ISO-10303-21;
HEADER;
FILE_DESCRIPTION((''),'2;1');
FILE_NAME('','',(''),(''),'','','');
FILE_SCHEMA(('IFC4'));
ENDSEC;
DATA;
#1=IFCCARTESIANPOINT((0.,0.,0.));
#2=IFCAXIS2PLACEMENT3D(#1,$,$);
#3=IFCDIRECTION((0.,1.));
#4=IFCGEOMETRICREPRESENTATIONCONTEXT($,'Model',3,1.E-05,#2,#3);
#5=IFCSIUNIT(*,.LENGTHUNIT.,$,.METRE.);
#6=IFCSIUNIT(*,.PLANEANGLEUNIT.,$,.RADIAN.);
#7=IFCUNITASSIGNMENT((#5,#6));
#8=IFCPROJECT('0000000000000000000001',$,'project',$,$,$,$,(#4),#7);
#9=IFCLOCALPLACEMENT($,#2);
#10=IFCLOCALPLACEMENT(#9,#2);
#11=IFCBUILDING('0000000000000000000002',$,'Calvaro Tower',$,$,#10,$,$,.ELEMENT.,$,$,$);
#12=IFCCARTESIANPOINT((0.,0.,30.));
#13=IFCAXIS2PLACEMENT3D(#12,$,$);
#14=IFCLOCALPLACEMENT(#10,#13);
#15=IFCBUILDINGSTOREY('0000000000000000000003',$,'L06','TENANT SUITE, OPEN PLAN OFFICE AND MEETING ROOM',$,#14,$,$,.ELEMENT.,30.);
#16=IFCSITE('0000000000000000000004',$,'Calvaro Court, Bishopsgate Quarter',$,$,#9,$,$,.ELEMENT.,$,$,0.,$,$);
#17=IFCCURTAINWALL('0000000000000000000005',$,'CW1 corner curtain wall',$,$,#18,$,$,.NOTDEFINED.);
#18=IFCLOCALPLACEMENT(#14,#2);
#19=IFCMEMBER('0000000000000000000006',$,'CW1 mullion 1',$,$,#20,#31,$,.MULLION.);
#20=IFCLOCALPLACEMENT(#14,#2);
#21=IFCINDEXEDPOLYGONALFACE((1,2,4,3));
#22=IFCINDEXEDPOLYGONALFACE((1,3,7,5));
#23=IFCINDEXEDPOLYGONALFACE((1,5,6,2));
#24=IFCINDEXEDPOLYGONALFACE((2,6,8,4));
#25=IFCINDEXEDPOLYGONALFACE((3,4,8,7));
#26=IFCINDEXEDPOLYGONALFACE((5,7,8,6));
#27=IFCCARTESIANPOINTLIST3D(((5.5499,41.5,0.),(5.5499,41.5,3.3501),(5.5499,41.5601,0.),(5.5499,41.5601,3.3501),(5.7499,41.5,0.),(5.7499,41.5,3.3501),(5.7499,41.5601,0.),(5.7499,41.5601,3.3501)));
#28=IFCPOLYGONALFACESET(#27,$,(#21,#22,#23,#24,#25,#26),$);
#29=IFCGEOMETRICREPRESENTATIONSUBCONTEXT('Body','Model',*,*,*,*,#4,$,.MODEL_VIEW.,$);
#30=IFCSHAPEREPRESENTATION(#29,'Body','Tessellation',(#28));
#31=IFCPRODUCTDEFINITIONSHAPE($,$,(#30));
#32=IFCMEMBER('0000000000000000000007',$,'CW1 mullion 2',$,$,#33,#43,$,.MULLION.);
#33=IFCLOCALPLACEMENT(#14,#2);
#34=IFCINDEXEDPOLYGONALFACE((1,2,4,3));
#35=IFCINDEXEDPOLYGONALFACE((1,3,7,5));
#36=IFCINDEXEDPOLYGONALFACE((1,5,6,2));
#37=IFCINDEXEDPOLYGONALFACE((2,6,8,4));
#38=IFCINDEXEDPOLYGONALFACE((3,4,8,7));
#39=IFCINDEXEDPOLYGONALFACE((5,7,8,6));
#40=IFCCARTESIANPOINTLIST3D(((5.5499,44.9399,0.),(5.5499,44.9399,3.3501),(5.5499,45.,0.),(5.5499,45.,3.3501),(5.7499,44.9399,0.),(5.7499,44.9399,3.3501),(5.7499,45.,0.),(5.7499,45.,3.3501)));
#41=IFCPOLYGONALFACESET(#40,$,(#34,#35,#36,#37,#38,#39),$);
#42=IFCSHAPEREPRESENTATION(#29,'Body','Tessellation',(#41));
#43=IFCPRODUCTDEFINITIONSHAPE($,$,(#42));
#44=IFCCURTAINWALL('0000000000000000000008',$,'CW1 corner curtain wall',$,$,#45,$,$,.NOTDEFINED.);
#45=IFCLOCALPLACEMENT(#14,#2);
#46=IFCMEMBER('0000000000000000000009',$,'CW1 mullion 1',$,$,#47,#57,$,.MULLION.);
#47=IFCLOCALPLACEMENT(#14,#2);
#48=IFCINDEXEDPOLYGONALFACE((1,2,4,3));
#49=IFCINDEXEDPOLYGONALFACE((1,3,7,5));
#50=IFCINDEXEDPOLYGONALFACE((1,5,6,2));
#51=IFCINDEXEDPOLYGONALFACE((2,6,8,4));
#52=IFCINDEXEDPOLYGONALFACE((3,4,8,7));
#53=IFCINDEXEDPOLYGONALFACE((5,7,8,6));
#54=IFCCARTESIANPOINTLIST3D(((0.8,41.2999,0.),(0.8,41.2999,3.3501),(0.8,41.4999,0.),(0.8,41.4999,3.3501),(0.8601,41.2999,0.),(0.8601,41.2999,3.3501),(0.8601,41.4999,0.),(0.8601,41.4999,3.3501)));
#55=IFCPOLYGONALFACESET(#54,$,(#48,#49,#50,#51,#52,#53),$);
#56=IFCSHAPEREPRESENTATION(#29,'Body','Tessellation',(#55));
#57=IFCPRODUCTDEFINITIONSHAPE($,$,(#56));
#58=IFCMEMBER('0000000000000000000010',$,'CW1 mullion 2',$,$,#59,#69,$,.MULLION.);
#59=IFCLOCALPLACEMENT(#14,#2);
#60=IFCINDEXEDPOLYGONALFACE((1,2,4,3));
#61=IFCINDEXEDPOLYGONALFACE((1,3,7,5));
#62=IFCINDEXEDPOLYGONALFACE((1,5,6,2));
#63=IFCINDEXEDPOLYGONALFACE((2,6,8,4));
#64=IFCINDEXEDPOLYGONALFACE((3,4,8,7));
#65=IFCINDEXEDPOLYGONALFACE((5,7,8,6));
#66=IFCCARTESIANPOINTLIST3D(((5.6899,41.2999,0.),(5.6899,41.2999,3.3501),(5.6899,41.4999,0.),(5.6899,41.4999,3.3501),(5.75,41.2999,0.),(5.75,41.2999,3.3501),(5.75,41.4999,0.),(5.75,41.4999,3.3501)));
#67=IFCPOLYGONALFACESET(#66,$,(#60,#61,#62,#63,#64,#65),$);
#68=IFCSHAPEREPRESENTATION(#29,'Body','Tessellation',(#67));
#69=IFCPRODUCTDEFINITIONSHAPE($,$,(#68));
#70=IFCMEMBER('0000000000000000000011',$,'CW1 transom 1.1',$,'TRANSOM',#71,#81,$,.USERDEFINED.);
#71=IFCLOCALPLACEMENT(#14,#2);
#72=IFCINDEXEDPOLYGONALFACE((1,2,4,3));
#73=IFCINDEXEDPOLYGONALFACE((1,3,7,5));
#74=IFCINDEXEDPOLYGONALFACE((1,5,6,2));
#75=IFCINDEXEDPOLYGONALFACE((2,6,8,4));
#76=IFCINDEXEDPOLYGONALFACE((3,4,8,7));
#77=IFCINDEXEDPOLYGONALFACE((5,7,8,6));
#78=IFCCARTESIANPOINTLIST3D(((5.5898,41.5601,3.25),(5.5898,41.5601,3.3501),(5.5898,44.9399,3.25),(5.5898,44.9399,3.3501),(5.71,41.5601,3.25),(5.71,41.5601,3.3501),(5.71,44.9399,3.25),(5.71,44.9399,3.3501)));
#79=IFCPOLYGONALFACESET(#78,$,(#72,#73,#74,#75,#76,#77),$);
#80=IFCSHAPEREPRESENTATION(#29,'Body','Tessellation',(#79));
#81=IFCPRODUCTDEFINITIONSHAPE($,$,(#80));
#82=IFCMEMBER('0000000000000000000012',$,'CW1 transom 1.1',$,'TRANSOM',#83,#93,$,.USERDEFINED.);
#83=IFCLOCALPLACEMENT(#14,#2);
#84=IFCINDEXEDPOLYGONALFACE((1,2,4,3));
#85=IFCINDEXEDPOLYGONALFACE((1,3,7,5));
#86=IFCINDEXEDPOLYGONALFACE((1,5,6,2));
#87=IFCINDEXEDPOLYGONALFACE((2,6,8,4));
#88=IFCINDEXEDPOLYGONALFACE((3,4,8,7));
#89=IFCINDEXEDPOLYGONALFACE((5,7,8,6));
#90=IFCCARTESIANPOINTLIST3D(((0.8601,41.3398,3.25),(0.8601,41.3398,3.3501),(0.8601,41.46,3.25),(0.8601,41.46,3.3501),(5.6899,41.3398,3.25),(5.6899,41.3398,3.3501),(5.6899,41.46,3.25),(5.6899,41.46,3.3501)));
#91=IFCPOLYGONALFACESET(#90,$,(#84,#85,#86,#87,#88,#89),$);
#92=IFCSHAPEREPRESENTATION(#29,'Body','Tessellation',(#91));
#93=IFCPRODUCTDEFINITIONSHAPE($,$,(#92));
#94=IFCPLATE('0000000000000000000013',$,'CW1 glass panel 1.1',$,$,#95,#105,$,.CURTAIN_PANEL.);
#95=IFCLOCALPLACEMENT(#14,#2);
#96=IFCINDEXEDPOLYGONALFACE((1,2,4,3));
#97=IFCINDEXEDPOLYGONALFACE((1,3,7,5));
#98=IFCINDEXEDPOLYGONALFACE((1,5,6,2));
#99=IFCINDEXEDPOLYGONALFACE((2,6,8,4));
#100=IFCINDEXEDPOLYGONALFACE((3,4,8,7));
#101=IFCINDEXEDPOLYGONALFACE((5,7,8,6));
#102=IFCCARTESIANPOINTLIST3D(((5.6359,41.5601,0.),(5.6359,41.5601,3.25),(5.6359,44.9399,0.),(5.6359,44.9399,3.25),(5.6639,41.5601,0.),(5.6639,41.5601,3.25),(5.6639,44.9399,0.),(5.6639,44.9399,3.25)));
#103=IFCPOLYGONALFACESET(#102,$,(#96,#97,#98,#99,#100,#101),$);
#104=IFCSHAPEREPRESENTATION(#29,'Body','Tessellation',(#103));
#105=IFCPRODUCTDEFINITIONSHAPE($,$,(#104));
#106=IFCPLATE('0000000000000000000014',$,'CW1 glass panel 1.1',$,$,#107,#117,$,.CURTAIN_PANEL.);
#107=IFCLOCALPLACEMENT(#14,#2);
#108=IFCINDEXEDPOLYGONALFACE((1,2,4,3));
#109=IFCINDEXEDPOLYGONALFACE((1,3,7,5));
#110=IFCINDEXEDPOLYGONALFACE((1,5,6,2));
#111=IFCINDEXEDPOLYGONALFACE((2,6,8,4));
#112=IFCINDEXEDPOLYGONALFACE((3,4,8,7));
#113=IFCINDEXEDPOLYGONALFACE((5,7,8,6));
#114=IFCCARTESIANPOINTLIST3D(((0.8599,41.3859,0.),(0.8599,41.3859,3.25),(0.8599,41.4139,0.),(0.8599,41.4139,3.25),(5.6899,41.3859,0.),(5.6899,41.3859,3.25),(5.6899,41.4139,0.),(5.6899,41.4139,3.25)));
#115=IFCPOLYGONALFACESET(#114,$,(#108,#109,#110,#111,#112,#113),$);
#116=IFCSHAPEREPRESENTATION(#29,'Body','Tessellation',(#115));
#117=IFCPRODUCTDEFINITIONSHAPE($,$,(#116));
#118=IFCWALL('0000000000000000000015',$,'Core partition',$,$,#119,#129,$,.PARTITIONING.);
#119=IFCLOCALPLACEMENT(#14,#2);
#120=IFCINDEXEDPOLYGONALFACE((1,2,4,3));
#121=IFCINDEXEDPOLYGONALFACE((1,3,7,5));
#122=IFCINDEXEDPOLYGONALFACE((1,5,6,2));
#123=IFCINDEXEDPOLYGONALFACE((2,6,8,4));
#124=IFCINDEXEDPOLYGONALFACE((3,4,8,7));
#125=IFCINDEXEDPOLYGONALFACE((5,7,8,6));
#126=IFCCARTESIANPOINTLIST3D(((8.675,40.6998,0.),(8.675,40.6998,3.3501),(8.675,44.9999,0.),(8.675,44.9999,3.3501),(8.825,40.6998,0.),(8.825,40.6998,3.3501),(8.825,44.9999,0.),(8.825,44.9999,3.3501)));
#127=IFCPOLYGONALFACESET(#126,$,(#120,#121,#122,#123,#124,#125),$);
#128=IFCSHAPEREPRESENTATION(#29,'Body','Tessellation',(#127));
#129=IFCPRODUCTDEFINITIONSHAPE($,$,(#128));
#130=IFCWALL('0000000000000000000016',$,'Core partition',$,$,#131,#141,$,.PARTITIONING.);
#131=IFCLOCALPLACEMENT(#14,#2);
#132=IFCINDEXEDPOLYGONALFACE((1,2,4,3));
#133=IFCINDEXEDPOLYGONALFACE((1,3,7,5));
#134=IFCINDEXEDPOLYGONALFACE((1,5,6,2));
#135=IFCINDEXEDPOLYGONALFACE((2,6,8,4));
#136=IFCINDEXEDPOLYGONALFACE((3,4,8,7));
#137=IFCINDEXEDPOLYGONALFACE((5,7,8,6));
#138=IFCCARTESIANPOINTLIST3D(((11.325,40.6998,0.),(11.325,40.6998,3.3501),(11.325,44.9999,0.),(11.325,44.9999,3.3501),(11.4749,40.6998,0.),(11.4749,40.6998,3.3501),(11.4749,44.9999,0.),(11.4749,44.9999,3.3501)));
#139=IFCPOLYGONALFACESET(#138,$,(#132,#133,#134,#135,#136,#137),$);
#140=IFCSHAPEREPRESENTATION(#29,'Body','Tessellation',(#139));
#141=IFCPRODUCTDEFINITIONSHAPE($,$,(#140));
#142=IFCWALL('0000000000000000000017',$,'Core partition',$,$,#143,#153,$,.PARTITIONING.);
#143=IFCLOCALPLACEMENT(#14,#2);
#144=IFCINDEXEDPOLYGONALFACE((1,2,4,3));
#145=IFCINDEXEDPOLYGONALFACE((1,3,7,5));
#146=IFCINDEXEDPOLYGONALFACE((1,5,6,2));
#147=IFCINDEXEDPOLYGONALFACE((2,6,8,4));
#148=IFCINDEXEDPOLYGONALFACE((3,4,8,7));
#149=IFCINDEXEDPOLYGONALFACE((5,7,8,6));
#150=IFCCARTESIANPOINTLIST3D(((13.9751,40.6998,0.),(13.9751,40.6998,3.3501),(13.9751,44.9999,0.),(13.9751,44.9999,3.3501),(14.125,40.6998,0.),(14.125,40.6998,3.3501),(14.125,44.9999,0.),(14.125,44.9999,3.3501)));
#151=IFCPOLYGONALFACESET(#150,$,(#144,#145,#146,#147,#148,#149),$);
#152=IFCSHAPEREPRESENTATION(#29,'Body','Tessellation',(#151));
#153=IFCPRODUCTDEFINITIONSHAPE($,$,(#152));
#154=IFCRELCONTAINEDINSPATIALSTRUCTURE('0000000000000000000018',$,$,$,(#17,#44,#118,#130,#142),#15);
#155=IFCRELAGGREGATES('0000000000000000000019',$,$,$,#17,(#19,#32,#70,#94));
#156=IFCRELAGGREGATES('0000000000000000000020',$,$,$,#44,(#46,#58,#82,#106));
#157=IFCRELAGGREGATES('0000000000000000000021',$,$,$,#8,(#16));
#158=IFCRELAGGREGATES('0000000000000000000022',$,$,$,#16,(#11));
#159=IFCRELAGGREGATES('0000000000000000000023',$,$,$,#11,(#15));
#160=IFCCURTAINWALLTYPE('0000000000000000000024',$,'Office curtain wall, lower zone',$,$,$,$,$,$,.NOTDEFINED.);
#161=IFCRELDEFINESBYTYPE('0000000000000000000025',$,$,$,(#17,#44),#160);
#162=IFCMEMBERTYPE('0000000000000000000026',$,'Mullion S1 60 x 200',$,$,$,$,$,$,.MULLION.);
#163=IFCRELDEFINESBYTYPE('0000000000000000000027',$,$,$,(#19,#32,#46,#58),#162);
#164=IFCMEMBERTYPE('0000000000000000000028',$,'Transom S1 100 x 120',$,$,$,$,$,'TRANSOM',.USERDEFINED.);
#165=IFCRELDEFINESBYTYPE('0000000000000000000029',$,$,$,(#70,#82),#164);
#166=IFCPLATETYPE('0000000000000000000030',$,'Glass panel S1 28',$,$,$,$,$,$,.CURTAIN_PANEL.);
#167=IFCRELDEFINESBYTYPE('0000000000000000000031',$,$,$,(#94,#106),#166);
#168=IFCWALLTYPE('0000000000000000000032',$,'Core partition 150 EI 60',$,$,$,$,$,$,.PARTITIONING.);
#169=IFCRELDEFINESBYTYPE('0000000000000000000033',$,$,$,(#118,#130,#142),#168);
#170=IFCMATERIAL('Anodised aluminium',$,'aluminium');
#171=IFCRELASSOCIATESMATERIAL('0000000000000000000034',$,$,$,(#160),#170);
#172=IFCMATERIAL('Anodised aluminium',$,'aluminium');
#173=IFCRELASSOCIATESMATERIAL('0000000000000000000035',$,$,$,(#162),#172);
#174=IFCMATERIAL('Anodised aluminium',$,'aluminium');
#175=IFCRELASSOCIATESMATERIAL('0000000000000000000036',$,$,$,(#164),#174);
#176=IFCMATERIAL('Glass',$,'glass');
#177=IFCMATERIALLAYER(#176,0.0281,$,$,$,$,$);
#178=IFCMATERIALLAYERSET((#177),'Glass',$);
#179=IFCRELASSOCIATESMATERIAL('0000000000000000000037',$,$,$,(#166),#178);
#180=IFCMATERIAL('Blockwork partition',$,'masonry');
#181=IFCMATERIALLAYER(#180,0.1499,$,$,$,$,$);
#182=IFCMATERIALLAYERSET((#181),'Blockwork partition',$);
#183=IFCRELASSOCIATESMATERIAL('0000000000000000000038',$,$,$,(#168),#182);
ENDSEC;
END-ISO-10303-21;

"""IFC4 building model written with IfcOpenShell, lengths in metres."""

from ifc_helpers import new_model, si_unit, direction, frame, frame_2d, origin, origin_2d, place, context, subcontext, project, spatial, rectangle, extrude, material, layer, layer_set, material_profile, profile_set, type_object, element, aggregate, save


model = new_model("IFC4")

# Units and contexts
model_context = context("Model", 3, precision=1e-05, world=origin(), true_north=direction((0.0, 1.0)))
body_context = subcontext(model_context, "Body", "Model", "MODEL_VIEW")
ifc_project = project(units=[si_unit("LENGTHUNIT", "METRE"), si_unit("PLANEANGLEUNIT", "RADIAN")], contexts=[model_context])

# Site, building, storey
site_placement = place(None, origin())
site = spatial("IfcSite", under=ifc_project, at=site_placement, Name="Calvaro Court, Bishopsgate Quarter", CompositionType="ELEMENT", RefElevation=0.0)
building_placement = place(site_placement, origin())
building = spatial("IfcBuilding", under=site, at=building_placement, Name="Calvaro Tower", CompositionType="ELEMENT")
storey_placement = place(building_placement, frame((0.0, 0.0, 30.0)))
storey = spatial("IfcBuildingStorey", under=building, at=storey_placement, Name="L06", Description="TENANT SUITE, OPEN PLAN OFFICE AND MEETING ROOM", CompositionType="ELEMENT", Elevation=30.0)

# Curtain walls, members
ifc_material_1 = material(Name="Anodised aluminium", Category="aluminium")
curtain_wall_type = type_object("IfcCurtainWallType", Name="Office curtain wall, lower zone", PredefinedType="NOTDEFINED", material=ifc_material_1)
curtain_wall_1_placement = place(storey_placement, origin())
curtain_wall_1 = element("IfcCurtainWall", 1, at=curtain_wall_1_placement, inside=storey, type_object=curtain_wall_type, Name="CW1 corner curtain wall", PredefinedType="NOTDEFINED")
ifc_material_2 = material(Name="Anodised aluminium", Category="aluminium")
ifc_material_profile_1 = material_profile(ifc_material_2, rectangle(XDim=0.2, YDim=0.0601, at=origin_2d()), Name="Mullion S1 60 x 200")
ifc_profile_set_1 = profile_set([ifc_material_profile_1], Name="Anodised aluminium")
member_type_1 = type_object("IfcMemberType", Name="Mullion S1 60 x 200", PredefinedType="MULLION", material=ifc_profile_set_1)
member_1_placement = place(storey_placement, frame((5.6499, 41.53, 0.0), z_axis=(0.0, 0.0, 1.0), x_axis=(-1.0, 0.0, 0.0)))
member_1 = element("IfcMember", 2, at=member_1_placement, type_object=member_type_1, Name="CW1 mullion 1", PredefinedType="MULLION", context=body_context, shape_type="SweptSolid", body=[
    extrude(rectangle(XDim=0.2, YDim=0.0601, at=origin_2d()), origin(), (0.0, 0.0, 1.0), 3.3501),
])
member_2_placement = place(storey_placement, frame((5.6499, 44.97, 0.0), z_axis=(0.0, 0.0, 1.0), x_axis=(-1.0, 0.0, 0.0)))
member_2 = element("IfcMember", 3, at=member_2_placement, type_object=member_type_1, Name="CW1 mullion 2", PredefinedType="MULLION", context=body_context, shape_type="SweptSolid", body=[
    extrude(rectangle(XDim=0.2, YDim=0.0601, at=origin_2d()), origin(), (0.0, 0.0, 1.0), 3.3501),
])
curtain_wall_2_placement = place(storey_placement, origin())
curtain_wall_2 = element("IfcCurtainWall", 4, at=curtain_wall_2_placement, inside=storey, type_object=curtain_wall_type, Name="CW1 corner curtain wall", PredefinedType="NOTDEFINED")
member_3_placement = place(storey_placement, frame((0.8301, 41.3999, 0.0), z_axis=(0.0, 0.0, 1.0), x_axis=(0.0, 1.0, 0.0)))
member_3 = element("IfcMember", 5, at=member_3_placement, type_object=member_type_1, Name="CW1 mullion 1", PredefinedType="MULLION", context=body_context, shape_type="SweptSolid", body=[
    extrude(rectangle(XDim=0.2, YDim=0.0601, at=origin_2d()), origin(), (0.0, 0.0, 1.0), 3.3501),
])
member_4_placement = place(storey_placement, frame((5.72, 41.3999, 0.0), z_axis=(0.0, 0.0, 1.0), x_axis=(0.0, 1.0, 0.0)))
member_4 = element("IfcMember", 6, at=member_4_placement, type_object=member_type_1, Name="CW1 mullion 2", PredefinedType="MULLION", context=body_context, shape_type="SweptSolid", body=[
    extrude(rectangle(XDim=0.2, YDim=0.0601, at=origin_2d()), origin(), (0.0, 0.0, 1.0), 3.3501),
])

# Members
ifc_material_3 = material(Name="Anodised aluminium", Category="aluminium")
ifc_material_profile_2 = material_profile(ifc_material_3, rectangle(XDim=0.1201, YDim=0.1001, at=origin_2d()), Name="Transom S1 100 x 120")
ifc_profile_set_2 = profile_set([ifc_material_profile_2], Name="Anodised aluminium")
member_type_2 = type_object("IfcMemberType", Name="Transom S1 100 x 120", ElementType="TRANSOM", PredefinedType="USERDEFINED", material=ifc_profile_set_2)
member_5_placement = place(storey_placement, frame((5.6499, 41.5601, 3.3), z_axis=(0.0, 1.0, 0.0), x_axis=(-1.0, 0.0, 0.0)))
member_5 = element("IfcMember", 7, at=member_5_placement, type_object=member_type_2, Name="CW1 transom 1.1", ObjectType="TRANSOM", PredefinedType="USERDEFINED", context=body_context, shape_type="SweptSolid", body=[
    extrude(rectangle(XDim=0.1201, YDim=0.1001, at=origin_2d()), origin(), (0.0, 0.0, 1.0), 3.3799),
])
member_6_placement = place(storey_placement, frame((0.8601, 41.3999, 3.3), z_axis=(1.0, 0.0, 0.0), x_axis=(0.0, 1.0, 0.0)))
member_6 = element("IfcMember", 8, at=member_6_placement, type_object=member_type_2, Name="CW1 transom 1.1", ObjectType="TRANSOM", PredefinedType="USERDEFINED", context=body_context, shape_type="SweptSolid", body=[
    extrude(rectangle(XDim=0.1201, YDim=0.1001, at=origin_2d()), origin(), (0.0, 0.0, 1.0), 4.8298),
])

# Plates
ifc_material_4 = material(Name="Glass", Category="glass")
ifc_layer_1 = layer(ifc_material_4, 0.0281)
ifc_layer_set_1 = layer_set([ifc_layer_1], Name="Glass")
plate_type = type_object("IfcPlateType", Name="Glass panel S1 28", PredefinedType="CURTAIN_PANEL", material=ifc_layer_set_1)
plate_1_placement = place(storey_placement, frame((5.6499, 43.25, 0.0), z_axis=(0.0, 0.0, 1.0), x_axis=(0.0, 1.0, 0.0)))
plate_1 = element("IfcPlate", 9, at=plate_1_placement, type_object=plate_type, Name="CW1 glass panel 1.1", PredefinedType="CURTAIN_PANEL", context=body_context, shape_type="SweptSolid", body=[
    extrude(rectangle(XDim=3.3799, YDim=0.0281, at=origin_2d()), origin(), (0.0, 0.0, 1.0), 3.25),
])
aggregate(curtain_wall_1, [member_1, member_2, member_5, plate_1])
plate_2_placement = place(storey_placement, frame((3.2749, 41.3999, 0.0), z_axis=(0.0, 0.0, 1.0), x_axis=(1.0, 0.0, 0.0)))
plate_2 = element("IfcPlate", 10, at=plate_2_placement, type_object=plate_type, Name="CW1 glass panel 1.1", PredefinedType="CURTAIN_PANEL", context=body_context, shape_type="SweptSolid", body=[
    extrude(rectangle(XDim=4.8301, YDim=0.0281, at=origin_2d()), origin(), (0.0, 0.0, 1.0), 3.25),
])
aggregate(curtain_wall_2, [member_3, member_4, member_6, plate_2])

# Walls
ifc_material_5 = material(Name="Blockwork partition", Category="masonry")
ifc_layer_2 = layer(ifc_material_5, 0.1499)
ifc_layer_set_2 = layer_set([ifc_layer_2], Name="Blockwork partition")
wall_type_1 = type_object("IfcWallType", Name="Core partition 150 EI 60", PredefinedType="PARTITIONING", material=ifc_layer_set_2)
for number, where, z_axis, x_axis, name in (
    (11, (8.75, 40.7, 0.0), (0.0, 0.0, 1.0), (0.0, 1.0, 0.0), "Core partition"),
    (12, (11.3999, 40.7, 0.0), (0.0, 0.0, 1.0), (0.0, 1.0, 0.0), "Core partition"),
    (13, (14.05, 40.7, 0.0), (0.0, 0.0, 1.0), (0.0, 1.0, 0.0), "Core partition"),
):
    element("IfcWall", number, at=place(storey_placement, frame(where, z_axis=z_axis, x_axis=x_axis)), inside=storey, type_object=wall_type_1, Name=name, PredefinedType="PARTITIONING", context=body_context, shape_type="SweptSolid", body=[
        extrude(rectangle(XDim=4.3, YDim=0.1499, at=frame_2d((2.1499, 0.0))), origin(), (0.0, 0.0, 1.0), 3.3501),
    ])

save(model, "model.ifc")
